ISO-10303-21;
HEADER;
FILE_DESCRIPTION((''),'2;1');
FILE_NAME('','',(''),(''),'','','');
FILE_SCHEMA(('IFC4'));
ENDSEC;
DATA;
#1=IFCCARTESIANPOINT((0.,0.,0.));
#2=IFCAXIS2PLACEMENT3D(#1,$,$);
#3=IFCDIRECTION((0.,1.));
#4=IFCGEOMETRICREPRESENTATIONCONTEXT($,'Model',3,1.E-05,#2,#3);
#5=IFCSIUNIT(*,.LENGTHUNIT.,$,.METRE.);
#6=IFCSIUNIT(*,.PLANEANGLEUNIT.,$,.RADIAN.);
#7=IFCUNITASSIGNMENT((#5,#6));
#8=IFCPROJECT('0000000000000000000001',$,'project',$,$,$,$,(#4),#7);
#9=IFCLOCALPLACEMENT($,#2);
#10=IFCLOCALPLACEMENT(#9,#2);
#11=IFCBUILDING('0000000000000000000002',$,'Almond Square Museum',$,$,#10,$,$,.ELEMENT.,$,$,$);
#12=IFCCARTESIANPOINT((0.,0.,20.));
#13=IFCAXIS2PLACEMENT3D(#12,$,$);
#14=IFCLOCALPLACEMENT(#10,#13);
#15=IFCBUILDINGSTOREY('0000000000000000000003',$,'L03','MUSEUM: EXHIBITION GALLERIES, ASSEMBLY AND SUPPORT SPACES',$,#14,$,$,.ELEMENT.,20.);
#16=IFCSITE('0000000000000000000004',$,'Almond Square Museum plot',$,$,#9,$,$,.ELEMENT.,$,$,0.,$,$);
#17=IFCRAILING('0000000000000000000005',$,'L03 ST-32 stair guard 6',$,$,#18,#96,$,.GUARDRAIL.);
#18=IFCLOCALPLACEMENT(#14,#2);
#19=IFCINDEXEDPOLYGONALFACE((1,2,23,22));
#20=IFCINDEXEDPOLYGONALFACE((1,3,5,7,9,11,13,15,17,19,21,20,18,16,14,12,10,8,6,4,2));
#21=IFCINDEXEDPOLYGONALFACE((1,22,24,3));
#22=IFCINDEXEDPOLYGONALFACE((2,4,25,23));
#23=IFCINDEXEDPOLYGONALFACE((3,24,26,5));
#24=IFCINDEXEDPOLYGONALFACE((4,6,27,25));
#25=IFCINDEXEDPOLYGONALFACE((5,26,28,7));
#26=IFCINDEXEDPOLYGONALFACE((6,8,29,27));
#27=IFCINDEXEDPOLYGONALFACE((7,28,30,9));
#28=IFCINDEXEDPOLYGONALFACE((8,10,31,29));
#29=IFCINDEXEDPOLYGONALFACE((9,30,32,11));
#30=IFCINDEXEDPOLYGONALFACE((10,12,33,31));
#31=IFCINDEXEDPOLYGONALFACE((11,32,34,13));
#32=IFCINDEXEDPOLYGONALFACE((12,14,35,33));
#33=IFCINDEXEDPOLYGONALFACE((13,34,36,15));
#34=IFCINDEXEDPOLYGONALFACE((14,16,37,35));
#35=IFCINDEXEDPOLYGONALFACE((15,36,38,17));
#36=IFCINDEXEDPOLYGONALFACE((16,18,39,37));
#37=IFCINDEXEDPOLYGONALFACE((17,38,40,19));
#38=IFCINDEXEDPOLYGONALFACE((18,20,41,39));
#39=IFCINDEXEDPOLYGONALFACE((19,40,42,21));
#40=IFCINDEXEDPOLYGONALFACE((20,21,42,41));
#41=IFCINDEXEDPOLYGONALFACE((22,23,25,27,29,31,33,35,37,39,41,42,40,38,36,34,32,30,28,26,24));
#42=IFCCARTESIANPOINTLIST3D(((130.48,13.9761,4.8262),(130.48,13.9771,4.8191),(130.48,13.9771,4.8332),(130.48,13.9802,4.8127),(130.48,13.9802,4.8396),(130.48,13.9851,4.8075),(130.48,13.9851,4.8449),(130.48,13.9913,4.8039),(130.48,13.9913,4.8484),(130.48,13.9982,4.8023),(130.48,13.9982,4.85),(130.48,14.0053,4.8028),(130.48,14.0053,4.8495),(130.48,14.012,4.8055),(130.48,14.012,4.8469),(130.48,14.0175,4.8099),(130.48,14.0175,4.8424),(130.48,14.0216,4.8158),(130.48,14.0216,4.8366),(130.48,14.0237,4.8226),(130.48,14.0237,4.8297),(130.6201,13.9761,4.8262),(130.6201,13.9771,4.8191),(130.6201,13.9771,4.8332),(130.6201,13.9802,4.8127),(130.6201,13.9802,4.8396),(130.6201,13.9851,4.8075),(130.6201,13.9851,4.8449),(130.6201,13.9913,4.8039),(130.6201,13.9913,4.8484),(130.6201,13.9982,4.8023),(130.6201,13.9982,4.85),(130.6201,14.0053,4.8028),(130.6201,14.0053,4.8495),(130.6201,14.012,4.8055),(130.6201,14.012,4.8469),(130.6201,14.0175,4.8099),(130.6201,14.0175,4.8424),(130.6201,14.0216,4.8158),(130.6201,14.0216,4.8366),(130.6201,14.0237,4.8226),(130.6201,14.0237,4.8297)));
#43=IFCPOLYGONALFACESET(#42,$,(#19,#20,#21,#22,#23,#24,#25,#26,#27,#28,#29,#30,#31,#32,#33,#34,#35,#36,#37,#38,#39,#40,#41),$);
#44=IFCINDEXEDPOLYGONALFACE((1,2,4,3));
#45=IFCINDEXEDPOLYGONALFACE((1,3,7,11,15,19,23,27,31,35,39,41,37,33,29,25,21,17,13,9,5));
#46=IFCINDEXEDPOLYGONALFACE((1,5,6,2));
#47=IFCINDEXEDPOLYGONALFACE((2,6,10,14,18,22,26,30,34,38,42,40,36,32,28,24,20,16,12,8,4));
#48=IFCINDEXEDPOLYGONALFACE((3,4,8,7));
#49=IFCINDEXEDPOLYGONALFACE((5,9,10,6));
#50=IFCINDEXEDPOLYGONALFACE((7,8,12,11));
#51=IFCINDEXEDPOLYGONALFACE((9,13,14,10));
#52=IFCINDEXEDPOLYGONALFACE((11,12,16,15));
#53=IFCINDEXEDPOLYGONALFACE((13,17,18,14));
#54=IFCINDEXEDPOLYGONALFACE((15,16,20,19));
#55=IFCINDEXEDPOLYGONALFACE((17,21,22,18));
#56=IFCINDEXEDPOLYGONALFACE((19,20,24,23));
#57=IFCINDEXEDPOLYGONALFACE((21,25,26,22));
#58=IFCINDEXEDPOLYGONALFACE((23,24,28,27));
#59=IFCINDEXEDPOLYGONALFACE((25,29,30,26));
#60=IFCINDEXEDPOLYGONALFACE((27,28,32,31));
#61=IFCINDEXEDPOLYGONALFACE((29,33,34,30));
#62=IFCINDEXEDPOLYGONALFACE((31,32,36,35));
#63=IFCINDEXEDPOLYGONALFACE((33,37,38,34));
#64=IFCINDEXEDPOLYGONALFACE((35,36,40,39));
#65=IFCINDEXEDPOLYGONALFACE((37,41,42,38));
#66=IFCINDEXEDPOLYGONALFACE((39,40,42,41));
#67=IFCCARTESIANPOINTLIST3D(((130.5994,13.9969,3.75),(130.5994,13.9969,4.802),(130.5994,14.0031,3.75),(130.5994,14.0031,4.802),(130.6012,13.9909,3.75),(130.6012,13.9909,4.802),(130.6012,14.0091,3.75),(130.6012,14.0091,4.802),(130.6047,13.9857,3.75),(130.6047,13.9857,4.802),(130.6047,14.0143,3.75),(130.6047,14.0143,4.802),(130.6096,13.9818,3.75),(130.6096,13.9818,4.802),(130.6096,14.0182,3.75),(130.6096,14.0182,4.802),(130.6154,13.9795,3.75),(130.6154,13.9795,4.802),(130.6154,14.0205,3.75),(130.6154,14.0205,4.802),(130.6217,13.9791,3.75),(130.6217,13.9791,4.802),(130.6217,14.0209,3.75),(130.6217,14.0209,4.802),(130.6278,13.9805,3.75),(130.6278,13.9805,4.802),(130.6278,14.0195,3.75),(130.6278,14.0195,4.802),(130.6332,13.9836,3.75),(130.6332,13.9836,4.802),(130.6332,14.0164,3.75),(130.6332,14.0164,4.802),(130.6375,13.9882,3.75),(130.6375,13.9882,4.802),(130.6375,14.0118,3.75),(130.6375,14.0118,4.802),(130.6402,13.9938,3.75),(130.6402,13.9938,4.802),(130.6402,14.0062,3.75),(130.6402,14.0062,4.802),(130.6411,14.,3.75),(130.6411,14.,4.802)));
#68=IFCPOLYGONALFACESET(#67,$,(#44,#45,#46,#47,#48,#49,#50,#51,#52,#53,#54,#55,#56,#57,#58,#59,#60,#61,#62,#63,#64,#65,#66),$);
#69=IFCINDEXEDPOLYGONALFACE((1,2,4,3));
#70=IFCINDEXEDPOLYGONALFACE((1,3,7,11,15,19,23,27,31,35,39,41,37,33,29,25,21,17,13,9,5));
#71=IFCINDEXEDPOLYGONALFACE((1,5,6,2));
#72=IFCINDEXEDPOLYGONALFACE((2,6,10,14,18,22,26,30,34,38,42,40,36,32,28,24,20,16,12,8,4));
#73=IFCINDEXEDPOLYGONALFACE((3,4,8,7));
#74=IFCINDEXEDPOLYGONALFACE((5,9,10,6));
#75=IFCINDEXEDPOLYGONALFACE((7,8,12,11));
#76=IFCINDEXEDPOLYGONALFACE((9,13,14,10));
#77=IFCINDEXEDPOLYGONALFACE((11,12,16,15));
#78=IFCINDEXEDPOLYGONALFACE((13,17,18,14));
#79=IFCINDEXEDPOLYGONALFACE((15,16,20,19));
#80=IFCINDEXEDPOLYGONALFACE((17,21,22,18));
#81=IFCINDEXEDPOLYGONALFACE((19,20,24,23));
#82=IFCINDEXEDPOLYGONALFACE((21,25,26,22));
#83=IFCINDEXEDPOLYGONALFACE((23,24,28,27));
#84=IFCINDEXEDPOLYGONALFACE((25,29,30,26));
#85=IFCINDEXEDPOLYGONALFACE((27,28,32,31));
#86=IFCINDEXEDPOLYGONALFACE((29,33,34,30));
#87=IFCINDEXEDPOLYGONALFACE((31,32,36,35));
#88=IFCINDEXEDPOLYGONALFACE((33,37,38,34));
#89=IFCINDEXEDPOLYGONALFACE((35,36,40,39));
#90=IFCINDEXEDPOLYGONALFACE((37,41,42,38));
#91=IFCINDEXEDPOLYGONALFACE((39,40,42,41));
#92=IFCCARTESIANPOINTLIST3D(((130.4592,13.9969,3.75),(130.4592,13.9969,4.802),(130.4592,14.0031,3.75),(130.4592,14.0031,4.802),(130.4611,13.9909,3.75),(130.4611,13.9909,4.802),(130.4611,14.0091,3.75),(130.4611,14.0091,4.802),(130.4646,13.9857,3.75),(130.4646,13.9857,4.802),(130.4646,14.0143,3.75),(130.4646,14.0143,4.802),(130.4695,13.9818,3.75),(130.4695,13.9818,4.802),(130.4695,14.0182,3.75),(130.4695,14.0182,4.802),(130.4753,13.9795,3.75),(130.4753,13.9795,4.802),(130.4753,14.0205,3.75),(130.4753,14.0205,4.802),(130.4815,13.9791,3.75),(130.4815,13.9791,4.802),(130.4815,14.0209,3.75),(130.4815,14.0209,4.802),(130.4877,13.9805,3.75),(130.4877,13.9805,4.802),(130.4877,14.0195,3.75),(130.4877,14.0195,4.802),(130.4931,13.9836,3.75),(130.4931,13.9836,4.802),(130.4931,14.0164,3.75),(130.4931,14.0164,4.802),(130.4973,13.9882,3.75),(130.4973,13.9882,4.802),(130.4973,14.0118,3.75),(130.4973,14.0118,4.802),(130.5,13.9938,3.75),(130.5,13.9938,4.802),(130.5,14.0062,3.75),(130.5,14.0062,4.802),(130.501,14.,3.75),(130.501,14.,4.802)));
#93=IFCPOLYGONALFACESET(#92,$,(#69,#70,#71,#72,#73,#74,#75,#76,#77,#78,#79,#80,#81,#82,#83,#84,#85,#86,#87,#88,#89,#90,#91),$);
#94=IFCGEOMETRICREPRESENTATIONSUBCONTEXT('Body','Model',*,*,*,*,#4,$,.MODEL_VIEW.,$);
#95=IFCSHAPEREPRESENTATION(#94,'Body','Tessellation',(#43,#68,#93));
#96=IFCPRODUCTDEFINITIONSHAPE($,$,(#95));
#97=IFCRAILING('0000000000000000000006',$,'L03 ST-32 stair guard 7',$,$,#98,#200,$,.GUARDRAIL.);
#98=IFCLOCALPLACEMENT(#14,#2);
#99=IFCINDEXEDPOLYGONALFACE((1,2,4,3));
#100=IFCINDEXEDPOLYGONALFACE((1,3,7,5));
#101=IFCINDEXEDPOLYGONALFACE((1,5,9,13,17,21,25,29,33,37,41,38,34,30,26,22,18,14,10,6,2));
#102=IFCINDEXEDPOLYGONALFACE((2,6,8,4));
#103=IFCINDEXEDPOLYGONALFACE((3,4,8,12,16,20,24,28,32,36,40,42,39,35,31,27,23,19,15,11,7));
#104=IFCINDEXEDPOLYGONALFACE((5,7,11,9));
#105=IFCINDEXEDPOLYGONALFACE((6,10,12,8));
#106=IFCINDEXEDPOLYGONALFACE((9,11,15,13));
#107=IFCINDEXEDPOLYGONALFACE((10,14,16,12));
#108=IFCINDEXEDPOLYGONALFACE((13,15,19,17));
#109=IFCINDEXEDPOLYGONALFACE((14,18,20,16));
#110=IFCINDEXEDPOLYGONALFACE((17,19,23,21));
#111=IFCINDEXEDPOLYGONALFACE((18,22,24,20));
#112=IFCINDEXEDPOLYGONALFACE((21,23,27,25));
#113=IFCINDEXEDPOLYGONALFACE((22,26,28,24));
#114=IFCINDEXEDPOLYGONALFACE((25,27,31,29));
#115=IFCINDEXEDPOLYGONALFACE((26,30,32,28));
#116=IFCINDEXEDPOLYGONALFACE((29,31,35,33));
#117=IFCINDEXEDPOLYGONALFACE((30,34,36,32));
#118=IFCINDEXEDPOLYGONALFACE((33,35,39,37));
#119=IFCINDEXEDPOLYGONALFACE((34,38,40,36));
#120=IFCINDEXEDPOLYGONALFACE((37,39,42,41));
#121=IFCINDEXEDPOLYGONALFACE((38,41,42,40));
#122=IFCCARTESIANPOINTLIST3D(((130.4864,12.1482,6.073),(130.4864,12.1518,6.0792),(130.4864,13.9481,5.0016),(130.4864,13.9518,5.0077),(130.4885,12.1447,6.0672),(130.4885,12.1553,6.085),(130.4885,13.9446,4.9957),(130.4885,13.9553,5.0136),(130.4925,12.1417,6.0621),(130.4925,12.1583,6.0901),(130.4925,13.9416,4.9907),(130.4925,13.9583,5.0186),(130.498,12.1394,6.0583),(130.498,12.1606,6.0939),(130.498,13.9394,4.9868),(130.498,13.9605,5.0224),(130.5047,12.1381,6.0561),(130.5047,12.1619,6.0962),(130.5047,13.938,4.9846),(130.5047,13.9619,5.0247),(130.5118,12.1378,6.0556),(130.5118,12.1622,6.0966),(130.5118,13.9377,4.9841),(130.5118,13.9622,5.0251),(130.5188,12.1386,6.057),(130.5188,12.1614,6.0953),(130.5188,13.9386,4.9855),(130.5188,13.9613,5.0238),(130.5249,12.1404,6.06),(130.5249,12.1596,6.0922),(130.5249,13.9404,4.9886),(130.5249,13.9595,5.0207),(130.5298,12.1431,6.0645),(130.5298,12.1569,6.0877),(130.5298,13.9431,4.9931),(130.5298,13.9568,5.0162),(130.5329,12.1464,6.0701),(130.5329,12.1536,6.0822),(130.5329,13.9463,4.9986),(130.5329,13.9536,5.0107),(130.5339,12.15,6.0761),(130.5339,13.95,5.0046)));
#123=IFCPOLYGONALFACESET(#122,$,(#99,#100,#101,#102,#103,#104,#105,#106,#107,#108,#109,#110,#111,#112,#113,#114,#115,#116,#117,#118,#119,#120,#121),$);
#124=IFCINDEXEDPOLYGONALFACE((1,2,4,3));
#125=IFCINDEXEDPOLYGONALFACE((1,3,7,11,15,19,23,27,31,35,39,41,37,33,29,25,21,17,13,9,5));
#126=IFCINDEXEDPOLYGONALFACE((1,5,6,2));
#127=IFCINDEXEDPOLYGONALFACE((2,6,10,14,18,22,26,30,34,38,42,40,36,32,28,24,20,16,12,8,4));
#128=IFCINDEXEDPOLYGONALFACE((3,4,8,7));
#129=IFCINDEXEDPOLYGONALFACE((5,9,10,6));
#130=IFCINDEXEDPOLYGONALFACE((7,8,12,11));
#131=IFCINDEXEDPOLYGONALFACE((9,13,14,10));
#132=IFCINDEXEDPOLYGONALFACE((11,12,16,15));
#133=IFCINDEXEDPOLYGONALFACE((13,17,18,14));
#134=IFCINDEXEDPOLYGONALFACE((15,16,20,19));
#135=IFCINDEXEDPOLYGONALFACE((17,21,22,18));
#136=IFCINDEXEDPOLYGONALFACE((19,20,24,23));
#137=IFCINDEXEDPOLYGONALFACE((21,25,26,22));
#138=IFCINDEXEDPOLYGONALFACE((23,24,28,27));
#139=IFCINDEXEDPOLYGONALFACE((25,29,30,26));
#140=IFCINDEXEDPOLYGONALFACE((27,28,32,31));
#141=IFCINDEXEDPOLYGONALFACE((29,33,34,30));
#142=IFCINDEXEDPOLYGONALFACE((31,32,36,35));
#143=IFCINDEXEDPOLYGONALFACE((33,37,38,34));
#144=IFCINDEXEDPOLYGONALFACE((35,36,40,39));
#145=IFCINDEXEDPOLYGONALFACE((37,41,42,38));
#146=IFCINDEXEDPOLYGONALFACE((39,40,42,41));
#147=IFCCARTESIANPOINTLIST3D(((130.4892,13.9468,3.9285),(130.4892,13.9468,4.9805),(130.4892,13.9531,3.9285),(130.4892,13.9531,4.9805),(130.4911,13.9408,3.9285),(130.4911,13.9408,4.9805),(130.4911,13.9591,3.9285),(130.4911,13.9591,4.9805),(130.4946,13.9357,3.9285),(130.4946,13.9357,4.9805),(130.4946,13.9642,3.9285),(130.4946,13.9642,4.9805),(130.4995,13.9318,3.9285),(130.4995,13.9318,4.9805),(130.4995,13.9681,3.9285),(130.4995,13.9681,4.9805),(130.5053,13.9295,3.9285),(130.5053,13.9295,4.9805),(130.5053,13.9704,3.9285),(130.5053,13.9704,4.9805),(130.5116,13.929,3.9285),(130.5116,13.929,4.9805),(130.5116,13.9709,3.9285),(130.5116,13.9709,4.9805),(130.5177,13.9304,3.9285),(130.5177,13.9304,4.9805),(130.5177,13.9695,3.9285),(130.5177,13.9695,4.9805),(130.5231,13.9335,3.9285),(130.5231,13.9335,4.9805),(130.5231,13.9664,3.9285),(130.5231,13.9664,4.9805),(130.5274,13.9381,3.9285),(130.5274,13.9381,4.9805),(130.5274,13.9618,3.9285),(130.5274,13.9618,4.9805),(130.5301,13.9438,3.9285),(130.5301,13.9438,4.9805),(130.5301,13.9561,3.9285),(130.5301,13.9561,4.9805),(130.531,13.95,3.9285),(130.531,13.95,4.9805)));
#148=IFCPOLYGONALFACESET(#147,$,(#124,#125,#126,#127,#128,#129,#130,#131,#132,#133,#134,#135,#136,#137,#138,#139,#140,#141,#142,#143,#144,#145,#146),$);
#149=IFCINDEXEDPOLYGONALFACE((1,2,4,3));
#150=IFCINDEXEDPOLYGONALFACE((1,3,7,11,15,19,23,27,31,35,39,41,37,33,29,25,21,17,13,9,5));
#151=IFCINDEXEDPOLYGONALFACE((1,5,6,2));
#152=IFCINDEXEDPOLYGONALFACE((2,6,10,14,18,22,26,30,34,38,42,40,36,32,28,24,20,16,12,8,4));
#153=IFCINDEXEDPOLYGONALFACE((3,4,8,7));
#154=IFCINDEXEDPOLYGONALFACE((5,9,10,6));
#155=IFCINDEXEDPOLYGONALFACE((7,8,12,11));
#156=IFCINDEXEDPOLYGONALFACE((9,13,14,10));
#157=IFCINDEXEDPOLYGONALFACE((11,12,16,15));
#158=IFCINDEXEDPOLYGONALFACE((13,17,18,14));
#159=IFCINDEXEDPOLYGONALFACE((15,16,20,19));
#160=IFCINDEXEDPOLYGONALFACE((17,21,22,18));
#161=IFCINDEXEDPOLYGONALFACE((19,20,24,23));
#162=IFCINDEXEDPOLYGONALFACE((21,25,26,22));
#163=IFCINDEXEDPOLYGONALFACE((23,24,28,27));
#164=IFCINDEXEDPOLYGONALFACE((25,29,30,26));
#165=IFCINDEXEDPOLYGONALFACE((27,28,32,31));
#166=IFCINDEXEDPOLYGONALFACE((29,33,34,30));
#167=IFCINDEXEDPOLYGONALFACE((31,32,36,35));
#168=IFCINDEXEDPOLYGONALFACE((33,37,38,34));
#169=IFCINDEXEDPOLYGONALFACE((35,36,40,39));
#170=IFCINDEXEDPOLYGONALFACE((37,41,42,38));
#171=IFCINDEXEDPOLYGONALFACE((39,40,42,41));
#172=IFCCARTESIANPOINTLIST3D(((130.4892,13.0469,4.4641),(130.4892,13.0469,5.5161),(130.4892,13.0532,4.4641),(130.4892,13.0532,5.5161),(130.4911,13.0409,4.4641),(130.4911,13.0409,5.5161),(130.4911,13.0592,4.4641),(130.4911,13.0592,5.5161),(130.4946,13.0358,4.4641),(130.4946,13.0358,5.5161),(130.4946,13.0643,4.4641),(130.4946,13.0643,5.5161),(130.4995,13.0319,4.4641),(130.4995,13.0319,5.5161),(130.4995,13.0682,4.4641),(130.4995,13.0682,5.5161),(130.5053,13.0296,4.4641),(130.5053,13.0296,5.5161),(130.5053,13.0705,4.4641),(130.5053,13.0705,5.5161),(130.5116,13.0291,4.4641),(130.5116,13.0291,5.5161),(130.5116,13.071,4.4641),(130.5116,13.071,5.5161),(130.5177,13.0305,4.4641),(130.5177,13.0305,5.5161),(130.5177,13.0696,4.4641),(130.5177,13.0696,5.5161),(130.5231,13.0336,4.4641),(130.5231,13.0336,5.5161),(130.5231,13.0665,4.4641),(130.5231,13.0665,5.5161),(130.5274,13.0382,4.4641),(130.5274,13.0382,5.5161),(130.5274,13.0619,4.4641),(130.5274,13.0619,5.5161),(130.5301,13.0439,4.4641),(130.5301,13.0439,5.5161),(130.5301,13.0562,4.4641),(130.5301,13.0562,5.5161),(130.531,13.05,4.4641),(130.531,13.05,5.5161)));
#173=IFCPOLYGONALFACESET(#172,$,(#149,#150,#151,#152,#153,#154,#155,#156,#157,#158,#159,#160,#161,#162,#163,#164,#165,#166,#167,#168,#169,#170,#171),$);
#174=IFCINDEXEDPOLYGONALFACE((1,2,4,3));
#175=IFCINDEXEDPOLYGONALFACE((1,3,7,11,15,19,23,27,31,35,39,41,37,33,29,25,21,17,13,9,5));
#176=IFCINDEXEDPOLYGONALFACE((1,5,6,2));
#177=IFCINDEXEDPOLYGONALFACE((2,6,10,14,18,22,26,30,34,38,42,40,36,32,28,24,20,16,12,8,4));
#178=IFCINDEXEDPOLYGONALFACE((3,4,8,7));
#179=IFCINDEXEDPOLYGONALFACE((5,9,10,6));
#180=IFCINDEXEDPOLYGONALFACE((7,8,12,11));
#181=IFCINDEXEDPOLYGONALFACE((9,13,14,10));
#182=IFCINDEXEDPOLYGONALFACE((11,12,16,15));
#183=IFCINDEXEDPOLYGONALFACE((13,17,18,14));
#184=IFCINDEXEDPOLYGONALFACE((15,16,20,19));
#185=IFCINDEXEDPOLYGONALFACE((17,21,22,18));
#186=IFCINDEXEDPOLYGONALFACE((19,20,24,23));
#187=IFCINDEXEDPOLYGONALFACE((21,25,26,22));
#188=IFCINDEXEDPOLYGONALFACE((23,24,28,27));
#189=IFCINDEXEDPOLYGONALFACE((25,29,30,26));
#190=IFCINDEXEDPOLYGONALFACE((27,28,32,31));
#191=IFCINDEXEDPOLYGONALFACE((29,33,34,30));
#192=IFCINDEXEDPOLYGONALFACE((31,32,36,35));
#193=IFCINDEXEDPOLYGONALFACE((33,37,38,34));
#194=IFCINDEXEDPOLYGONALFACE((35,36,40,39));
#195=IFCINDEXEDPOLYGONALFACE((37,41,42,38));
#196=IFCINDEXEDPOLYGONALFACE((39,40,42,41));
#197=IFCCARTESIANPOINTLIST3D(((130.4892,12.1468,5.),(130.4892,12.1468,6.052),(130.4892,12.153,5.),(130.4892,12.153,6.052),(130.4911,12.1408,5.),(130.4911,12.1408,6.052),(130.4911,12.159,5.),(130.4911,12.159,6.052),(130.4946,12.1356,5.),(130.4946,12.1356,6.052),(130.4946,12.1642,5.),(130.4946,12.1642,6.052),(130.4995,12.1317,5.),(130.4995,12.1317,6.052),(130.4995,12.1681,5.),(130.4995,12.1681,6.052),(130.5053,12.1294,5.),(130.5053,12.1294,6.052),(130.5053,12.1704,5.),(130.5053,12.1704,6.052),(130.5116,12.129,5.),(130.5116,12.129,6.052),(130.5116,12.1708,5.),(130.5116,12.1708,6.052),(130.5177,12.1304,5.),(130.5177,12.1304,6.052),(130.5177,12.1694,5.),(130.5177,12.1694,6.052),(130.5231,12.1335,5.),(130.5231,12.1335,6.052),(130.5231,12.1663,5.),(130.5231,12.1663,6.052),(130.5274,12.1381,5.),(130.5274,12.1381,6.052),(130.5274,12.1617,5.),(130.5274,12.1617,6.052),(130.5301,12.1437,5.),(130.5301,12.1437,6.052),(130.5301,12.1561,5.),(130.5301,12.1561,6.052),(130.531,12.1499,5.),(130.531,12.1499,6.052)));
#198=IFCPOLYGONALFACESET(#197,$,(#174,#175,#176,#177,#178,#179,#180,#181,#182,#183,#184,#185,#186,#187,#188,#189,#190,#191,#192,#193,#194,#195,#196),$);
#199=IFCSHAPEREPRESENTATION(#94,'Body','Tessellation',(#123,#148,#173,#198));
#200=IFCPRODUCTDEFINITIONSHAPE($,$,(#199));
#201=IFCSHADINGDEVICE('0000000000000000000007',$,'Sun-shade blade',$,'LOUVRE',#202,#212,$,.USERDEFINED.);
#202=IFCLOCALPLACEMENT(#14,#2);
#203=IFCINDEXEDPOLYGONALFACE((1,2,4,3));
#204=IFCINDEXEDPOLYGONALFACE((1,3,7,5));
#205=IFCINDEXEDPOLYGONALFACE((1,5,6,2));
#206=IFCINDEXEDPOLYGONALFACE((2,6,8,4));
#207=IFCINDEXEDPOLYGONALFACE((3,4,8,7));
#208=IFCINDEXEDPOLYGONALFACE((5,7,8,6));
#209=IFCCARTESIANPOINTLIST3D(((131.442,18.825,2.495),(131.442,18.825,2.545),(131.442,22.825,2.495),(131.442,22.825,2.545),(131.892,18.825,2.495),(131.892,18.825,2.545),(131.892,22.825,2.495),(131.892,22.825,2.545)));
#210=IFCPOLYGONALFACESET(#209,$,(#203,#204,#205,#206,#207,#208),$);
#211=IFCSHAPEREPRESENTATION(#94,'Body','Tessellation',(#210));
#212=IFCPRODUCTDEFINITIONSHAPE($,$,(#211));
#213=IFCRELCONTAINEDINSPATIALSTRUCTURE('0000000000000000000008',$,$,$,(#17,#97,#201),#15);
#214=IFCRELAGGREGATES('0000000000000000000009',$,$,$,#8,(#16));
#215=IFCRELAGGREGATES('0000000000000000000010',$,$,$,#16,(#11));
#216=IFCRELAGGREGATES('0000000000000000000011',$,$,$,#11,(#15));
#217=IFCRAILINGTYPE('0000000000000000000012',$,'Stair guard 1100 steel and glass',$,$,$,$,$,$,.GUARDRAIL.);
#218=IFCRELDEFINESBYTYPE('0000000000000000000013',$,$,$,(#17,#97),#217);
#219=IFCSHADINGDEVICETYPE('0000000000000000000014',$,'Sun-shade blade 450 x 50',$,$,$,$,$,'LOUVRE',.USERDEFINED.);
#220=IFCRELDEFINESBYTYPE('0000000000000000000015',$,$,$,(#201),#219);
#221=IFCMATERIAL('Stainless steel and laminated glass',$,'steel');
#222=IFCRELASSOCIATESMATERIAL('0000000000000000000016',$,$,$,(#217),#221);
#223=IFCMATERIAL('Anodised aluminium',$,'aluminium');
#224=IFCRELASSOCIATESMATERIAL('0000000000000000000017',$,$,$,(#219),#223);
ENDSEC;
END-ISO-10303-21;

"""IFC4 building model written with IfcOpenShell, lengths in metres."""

from ifc_helpers import new_model, si_unit, direction, frame, origin, origin_2d, place, context, subcontext, project, spatial, rectangle, circle, extrude, material, material_profile, profile_set, type_object, element, save


model = new_model("IFC4")

# Units and contexts
model_context = context("Model", 3, precision=1e-05, world=origin(), true_north=direction((0.0, 1.0)))
body_context = subcontext(model_context, "Body", "Model", "MODEL_VIEW")
ifc_project = project(units=[si_unit("LENGTHUNIT", "METRE"), si_unit("PLANEANGLEUNIT", "RADIAN")], contexts=[model_context])

# Site, building, storey
site_placement = place(None, origin())
site = spatial("IfcSite", under=ifc_project, at=site_placement, Name="Almond Square Museum plot", CompositionType="ELEMENT", RefElevation=0.0)
building_placement = place(site_placement, origin())
building = spatial("IfcBuilding", under=site, at=building_placement, Name="Almond Square Museum", CompositionType="ELEMENT")
storey_placement = place(building_placement, frame((0.0, 0.0, 20.0)))
storey = spatial("IfcBuildingStorey", under=building, at=storey_placement, Name="L03", Description="MUSEUM: EXHIBITION GALLERIES, ASSEMBLY AND SUPPORT SPACES", CompositionType="ELEMENT", Elevation=20.0)

# Railings
ifc_material_1 = material(Name="Stainless steel and laminated glass", Category="steel")
railing_type = type_object("IfcRailingType", Name="Stair guard 1100 steel and glass", PredefinedType="GUARDRAIL", material=ifc_material_1)
railing_1_placement = place(storey_placement, frame((130.6201, 14.0, 3.75)))
element("IfcRailing", 1, at=railing_1_placement, inside=storey, type_object=railing_type, Name="L03 ST-32 stair guard 6", PredefinedType="GUARDRAIL", context=body_context, shape_type="SweptSolid", body=[
    extrude(circle(Radius=0.0239, at=origin_2d()), frame((0.0, 0.0, 1.0762), z_axis=(-1.0, 0.0, 0.0), x_axis=(0.0, -1.0, 0.0)), (0.0, 0.0, 1.0), 0.1401),
    extrude(circle(Radius=0.021, at=origin_2d()), origin(), (0.0, 0.0, 1.0), 1.052),
    extrude(circle(Radius=0.021, at=origin_2d()), frame((-0.1401, 0.0, 0.0)), (0.0, 0.0, 1.0), 1.052),
])
railing_2_placement = place(storey_placement, frame((130.51, 13.95, 3.9285)))
element("IfcRailing", 2, at=railing_2_placement, inside=storey, type_object=railing_type, Name="L03 ST-32 stair guard 7", PredefinedType="GUARDRAIL", context=body_context, shape_type="SweptSolid", body=[
    extrude(circle(Radius=0.0239, at=origin_2d()), frame((0.0, 0.0, 1.0762), z_axis=(0.0, -0.859277, 0.51151), x_axis=(1.0, 0.0, 0.0)), (0.0, 0.0, 1.0), 2.0947),
    extrude(circle(Radius=0.021, at=origin_2d()), origin(), (0.0, 0.0, 1.0), 1.052),
    extrude(circle(Radius=0.021, at=origin_2d()), frame((0.0, -0.8999, 0.5356)), (0.0, 0.0, 1.0), 1.052),
    extrude(circle(Radius=0.021, at=origin_2d()), frame((0.0, -1.8, 1.0715)), (0.0, 0.0, 1.0), 1.052),
])

# Shading device
ifc_material_2 = material(Name="Anodised aluminium", Category="aluminium")
ifc_material_profile_1 = material_profile(ifc_material_2, rectangle(XDim=0.45, YDim=0.05, at=origin_2d()))
ifc_profile_set_1 = profile_set([ifc_material_profile_1], Name="Anodised aluminium")
shading_device_type_1 = type_object("IfcShadingDeviceType", Name="Sun-shade blade 450 x 50", ElementType="LOUVRE", PredefinedType="USERDEFINED", material=ifc_profile_set_1)
shading_device_1_placement = place(storey_placement, frame((131.667, 18.825, 2.52), z_axis=(0.0, 1.0, 0.0), x_axis=(-1.0, 0.0, 0.0)))
element("IfcShadingDevice", 3, at=shading_device_1_placement, inside=storey, type_object=shading_device_type_1, Name="Sun-shade blade", ObjectType="LOUVRE", PredefinedType="USERDEFINED", context=body_context, shape_type="SweptSolid", body=[
    extrude(rectangle(XDim=0.45, YDim=0.05, at=origin_2d()), origin(), (0.0, 0.0, 1.0), 4.0),
])

save(model, "model.ifc")
